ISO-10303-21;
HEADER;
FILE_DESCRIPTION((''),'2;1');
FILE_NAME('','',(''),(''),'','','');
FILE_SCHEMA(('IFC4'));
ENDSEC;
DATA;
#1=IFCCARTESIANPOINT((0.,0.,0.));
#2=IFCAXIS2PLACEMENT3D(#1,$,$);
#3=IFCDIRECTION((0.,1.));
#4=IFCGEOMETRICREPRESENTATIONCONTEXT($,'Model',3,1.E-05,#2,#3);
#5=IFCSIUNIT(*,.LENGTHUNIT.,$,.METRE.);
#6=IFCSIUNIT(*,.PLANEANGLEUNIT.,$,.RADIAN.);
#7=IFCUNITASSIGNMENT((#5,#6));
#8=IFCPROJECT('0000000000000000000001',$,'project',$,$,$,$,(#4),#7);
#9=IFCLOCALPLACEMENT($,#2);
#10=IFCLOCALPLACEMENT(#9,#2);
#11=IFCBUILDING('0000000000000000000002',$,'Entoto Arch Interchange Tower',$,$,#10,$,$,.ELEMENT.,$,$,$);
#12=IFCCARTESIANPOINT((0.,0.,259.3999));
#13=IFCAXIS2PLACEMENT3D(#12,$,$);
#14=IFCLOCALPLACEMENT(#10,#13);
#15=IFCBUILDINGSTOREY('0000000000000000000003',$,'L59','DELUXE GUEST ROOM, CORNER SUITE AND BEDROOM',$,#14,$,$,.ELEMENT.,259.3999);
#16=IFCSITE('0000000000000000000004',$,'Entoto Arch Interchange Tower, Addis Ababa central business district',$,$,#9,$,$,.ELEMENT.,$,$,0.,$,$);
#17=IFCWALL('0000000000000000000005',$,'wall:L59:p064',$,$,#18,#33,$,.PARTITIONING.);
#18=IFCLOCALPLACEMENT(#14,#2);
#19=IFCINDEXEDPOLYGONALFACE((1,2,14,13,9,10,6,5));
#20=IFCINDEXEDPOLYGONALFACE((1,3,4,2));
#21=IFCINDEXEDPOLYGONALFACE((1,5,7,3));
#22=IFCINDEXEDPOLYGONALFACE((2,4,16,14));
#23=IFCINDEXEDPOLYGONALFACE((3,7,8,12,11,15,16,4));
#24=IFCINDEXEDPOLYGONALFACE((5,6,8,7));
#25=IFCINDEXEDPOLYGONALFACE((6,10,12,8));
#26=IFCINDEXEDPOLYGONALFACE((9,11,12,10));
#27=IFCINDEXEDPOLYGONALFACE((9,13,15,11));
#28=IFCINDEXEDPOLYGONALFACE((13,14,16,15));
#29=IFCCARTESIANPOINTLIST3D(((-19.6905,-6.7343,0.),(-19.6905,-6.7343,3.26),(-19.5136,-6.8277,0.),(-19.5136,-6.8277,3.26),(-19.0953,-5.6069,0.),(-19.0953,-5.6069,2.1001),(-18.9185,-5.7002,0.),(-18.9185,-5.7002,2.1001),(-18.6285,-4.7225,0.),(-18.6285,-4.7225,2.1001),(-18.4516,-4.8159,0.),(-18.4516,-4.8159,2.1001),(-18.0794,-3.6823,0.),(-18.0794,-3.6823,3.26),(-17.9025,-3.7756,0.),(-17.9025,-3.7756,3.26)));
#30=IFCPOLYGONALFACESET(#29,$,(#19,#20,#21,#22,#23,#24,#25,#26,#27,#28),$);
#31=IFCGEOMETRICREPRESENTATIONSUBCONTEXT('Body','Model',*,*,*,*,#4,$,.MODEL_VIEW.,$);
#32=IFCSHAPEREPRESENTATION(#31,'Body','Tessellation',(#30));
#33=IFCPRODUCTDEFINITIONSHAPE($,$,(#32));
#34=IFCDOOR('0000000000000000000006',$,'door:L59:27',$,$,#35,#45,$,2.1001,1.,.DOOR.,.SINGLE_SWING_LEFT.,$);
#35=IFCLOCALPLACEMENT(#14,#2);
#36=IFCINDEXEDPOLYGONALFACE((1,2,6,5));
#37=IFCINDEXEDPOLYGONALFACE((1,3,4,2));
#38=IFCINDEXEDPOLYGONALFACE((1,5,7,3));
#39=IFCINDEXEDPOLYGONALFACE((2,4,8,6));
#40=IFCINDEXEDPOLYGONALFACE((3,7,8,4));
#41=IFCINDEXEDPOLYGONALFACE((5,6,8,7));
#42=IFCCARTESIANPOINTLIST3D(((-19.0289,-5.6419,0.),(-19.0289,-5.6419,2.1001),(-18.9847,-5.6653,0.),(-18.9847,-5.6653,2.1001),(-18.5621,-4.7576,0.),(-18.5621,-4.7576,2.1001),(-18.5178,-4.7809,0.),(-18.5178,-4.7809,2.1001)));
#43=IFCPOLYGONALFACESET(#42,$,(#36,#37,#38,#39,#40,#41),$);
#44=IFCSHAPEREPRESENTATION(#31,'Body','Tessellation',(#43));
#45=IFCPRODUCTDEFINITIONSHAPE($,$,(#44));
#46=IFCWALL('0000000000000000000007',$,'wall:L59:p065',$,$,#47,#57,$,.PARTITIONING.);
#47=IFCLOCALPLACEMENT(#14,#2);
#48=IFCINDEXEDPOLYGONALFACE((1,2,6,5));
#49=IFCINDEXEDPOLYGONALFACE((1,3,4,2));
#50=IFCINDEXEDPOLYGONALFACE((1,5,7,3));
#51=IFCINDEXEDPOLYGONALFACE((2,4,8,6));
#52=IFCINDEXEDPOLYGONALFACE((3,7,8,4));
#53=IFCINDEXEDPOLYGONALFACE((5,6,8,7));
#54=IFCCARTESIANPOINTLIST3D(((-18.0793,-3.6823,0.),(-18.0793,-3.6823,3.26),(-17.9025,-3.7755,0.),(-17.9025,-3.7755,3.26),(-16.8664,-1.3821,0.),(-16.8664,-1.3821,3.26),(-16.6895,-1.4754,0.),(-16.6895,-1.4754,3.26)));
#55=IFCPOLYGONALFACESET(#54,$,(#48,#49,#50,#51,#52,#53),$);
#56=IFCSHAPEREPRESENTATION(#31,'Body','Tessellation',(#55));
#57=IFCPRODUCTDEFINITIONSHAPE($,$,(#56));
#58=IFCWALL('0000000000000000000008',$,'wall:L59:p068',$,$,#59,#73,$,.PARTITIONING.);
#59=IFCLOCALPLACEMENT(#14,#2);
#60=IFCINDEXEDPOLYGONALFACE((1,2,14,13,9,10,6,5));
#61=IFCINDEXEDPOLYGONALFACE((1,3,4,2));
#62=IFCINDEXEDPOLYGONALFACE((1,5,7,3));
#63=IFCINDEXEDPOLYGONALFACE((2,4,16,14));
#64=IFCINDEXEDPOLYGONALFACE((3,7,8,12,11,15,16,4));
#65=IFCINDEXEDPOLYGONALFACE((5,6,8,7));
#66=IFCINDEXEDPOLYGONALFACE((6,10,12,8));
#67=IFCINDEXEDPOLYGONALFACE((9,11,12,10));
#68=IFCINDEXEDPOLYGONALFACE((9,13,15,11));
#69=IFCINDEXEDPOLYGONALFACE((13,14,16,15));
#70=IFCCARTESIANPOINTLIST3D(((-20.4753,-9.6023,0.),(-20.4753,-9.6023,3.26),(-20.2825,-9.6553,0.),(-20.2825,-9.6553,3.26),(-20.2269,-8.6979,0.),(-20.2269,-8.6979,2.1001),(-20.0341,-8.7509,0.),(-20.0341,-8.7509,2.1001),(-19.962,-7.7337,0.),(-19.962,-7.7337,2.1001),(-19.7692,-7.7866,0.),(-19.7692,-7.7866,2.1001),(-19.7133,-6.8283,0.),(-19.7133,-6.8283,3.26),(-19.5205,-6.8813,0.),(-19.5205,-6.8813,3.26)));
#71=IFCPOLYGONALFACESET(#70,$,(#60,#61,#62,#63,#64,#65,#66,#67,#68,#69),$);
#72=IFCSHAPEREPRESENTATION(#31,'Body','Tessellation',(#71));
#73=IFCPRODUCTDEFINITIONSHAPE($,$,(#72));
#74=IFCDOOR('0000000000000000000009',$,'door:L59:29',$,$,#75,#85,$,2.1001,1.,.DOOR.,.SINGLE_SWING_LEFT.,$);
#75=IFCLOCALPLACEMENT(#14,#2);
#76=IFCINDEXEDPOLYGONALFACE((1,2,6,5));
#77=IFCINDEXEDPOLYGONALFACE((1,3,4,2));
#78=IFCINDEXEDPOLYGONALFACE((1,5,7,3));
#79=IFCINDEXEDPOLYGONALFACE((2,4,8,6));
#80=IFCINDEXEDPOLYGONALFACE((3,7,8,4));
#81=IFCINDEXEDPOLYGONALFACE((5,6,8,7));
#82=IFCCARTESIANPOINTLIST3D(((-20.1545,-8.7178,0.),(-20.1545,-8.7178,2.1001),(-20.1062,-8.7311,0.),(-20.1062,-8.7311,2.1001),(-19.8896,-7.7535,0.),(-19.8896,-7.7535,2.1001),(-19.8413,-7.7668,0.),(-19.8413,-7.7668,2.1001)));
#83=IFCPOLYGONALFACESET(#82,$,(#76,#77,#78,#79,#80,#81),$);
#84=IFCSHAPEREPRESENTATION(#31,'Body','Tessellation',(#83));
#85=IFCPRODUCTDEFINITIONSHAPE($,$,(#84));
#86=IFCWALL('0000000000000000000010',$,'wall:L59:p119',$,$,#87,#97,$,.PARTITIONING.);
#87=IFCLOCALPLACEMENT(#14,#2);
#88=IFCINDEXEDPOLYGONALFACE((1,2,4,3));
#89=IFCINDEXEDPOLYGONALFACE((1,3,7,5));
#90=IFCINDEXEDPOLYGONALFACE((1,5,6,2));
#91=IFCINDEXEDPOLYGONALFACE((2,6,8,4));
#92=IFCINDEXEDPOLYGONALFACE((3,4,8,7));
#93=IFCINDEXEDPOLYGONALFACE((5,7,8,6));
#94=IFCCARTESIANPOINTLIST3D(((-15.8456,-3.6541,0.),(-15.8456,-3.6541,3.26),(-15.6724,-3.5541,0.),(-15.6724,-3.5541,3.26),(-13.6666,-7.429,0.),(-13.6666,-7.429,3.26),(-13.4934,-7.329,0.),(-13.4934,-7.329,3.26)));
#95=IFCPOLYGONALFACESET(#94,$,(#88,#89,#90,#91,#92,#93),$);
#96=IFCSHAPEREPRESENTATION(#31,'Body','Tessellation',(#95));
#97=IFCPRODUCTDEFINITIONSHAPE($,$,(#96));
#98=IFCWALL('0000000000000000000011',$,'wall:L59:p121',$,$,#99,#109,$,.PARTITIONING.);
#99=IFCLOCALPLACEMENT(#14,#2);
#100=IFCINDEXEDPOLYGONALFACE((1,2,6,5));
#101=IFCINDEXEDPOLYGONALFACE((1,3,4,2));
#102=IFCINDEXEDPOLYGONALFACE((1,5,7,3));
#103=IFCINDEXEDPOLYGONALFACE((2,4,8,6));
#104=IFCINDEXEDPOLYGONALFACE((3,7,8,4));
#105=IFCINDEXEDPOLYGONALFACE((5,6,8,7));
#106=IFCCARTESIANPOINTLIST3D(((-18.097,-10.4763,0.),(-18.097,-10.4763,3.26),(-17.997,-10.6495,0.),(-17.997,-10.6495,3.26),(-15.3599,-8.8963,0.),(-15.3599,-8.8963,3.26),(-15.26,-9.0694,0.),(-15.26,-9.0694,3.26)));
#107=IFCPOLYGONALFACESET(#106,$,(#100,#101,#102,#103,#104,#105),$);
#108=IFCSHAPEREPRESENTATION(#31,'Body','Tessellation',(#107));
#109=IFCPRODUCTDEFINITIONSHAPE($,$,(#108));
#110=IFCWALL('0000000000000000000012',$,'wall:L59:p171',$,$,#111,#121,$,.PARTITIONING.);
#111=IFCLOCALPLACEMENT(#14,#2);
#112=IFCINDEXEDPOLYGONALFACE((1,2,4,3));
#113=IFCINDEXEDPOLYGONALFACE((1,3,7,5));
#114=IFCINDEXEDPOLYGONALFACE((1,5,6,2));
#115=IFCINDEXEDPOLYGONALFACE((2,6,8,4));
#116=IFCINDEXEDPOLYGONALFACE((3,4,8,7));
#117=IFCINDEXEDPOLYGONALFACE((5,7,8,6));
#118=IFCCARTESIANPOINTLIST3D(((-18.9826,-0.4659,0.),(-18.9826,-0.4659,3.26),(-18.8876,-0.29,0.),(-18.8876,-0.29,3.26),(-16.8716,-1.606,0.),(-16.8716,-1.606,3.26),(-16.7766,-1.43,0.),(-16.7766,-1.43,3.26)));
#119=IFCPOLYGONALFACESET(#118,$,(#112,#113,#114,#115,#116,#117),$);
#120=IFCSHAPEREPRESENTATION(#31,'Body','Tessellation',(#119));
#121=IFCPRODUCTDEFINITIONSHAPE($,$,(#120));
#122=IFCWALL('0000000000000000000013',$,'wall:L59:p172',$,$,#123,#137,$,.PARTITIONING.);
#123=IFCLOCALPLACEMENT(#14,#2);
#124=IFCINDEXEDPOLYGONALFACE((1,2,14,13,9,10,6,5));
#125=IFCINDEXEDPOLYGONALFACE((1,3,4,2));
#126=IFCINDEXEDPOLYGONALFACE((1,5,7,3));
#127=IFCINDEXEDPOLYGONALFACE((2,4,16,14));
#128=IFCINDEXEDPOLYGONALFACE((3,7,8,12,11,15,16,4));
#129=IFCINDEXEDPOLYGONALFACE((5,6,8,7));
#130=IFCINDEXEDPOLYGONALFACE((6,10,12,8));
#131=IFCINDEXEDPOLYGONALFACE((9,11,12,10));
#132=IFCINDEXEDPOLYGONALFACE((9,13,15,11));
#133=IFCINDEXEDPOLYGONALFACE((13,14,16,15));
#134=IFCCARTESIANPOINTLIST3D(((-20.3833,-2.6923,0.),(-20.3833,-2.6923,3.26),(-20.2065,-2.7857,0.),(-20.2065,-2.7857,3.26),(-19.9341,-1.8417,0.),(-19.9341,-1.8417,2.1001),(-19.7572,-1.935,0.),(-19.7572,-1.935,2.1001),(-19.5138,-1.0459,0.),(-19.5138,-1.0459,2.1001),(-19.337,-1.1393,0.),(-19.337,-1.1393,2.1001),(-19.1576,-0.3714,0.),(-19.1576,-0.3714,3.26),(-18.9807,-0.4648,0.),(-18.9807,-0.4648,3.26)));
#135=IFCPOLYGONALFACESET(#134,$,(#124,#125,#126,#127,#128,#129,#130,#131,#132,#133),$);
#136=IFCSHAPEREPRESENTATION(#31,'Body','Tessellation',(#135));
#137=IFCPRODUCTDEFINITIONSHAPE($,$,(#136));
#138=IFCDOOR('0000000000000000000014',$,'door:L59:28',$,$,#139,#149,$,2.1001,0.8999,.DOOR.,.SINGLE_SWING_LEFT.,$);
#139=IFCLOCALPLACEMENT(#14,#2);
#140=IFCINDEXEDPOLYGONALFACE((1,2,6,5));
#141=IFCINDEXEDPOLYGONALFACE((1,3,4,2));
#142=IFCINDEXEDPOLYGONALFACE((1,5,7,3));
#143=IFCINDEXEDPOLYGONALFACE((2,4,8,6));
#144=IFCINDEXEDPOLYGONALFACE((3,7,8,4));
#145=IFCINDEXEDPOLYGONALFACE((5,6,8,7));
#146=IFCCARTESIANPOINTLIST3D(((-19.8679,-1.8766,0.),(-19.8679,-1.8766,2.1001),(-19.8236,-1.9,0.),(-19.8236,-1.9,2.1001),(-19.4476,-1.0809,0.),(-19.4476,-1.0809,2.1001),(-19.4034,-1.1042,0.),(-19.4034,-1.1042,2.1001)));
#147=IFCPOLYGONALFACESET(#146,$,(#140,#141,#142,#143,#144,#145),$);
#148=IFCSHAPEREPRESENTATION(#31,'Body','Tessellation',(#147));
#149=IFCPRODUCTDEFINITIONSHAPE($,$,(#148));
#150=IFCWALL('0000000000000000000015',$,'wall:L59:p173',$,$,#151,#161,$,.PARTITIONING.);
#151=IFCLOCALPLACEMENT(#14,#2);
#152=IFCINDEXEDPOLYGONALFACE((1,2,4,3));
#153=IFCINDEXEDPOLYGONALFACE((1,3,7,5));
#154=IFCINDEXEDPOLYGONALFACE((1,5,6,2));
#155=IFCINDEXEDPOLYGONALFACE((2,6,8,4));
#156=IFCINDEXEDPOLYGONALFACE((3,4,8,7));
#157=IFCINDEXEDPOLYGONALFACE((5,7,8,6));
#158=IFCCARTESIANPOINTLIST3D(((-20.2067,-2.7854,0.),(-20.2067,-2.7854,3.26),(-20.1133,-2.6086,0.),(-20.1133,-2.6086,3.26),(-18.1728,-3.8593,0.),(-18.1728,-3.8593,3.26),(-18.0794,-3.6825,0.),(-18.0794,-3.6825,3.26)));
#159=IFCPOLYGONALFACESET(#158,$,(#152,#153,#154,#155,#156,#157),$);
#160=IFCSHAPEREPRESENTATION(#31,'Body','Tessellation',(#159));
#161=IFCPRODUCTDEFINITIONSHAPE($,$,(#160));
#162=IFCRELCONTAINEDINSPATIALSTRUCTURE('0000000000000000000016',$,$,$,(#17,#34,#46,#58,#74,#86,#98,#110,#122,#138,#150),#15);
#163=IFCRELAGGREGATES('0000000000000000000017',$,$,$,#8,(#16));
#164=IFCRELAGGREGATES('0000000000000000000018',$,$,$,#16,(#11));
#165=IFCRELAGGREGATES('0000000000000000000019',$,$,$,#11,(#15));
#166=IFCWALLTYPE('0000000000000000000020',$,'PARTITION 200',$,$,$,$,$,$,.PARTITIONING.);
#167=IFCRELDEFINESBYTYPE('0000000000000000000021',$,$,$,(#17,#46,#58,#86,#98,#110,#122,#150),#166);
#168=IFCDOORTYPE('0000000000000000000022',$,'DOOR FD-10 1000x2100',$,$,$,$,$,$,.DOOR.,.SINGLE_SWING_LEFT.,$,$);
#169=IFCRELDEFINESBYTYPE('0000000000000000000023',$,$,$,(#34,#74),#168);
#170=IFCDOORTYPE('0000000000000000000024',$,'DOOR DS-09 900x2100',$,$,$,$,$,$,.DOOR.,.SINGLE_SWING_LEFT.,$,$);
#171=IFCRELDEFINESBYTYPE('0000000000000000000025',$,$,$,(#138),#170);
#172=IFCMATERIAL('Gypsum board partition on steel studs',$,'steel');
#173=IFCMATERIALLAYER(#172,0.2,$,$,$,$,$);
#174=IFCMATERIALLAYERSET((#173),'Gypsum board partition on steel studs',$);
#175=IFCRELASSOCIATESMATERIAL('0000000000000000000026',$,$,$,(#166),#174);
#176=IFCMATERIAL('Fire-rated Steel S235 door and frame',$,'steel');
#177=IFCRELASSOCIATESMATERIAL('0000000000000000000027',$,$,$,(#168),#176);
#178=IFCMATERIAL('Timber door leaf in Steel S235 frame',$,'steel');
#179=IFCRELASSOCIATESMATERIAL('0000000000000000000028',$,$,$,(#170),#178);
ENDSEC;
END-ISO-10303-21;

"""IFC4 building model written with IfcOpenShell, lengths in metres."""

from ifc_helpers import new_model, si_unit, direction, frame, frame_2d, origin, place, context, subcontext, project, spatial, rectangle, extrude, material, layer, layer_set, type_object, element, fill, save


model = new_model("IFC4")

# Units and contexts
model_context = context("Model", 3, precision=1e-05, world=origin(), true_north=direction((0.0, 1.0)))
body_context = subcontext(model_context, "Body", "Model", "MODEL_VIEW")
ifc_project = project(units=[si_unit("LENGTHUNIT", "METRE"), si_unit("PLANEANGLEUNIT", "RADIAN")], contexts=[model_context])

# Site, building, storey
site_placement = place(None, origin())
site = spatial("IfcSite", under=ifc_project, at=site_placement, Name="Entoto Arch Interchange Tower, Addis Ababa central business district", CompositionType="ELEMENT", RefElevation=0.0)
building_placement = place(site_placement, origin())
building = spatial("IfcBuilding", under=site, at=building_placement, Name="Entoto Arch Interchange Tower", CompositionType="ELEMENT")
storey_placement = place(building_placement, frame((0.0, 0.0, 259.3999)))
storey = spatial("IfcBuildingStorey", under=building, at=storey_placement, Name="L59", Description="DELUXE GUEST ROOM, CORNER SUITE AND BEDROOM", CompositionType="ELEMENT", Elevation=259.3999)

# Shared definitions
ifc_material_1 = material(Name="Gypsum board partition on steel studs", Category="steel")
ifc_layer_1 = layer(ifc_material_1, 0.2)
ifc_layer_set_1 = layer_set([ifc_layer_1], Name="Gypsum board partition on steel studs")
wall_type_1 = type_object("IfcWallType", Name="PARTITION 200", PredefinedType="PARTITIONING", material=ifc_layer_set_1)

# Shared definitions
ifc_material_2 = material(Name="Timber door leaf in Steel S235 frame", Category="steel")

# Wall, opening, door
wall_1_placement = place(storey_placement, frame((-19.6021, -6.781, 0.0), z_axis=(0.0, 0.0, 1.0), x_axis=(0.466828, 0.884348, 0.0)))
wall_1 = element("IfcWall", 1, at=wall_1_placement, inside=storey, type_object=wall_type_1, Name="wall:L59:p064", PredefinedType="PARTITIONING", context=body_context, shape_type="SweptSolid", body=[
    extrude(rectangle(XDim=3.4512, YDim=0.2, at=frame_2d((1.7256, 0.0))), origin(), (0.0, 0.0, 1.0), 3.26),
])
opening_1_placement = place(wall_1_placement, frame((1.2749, 0.0, 0.0)))
opening_1 = element("IfcOpeningElement", 2, at=opening_1_placement, cuts=wall_1, PredefinedType="OPENING", context=body_context, shape_type="SweptSolid", body=[
    extrude(rectangle(XDim=1.0, YDim=2.1001, at=frame_2d((0.5, 1.05))), frame((0.0, 0.1099, 0.0), z_axis=(0.0, -1.0, 0.0), x_axis=(1.0, 0.0, 0.0)), (0.0, 0.0, 1.0), 0.22),
])
ifc_material_3 = material(Name="Fire-rated Steel S235 door and frame", Category="steel")
door_type_1 = type_object("IfcDoorType", Name="DOOR FD-10 1000x2100", OperationType="SINGLE_SWING_LEFT", PredefinedType="DOOR", material=ifc_material_3)
door_1_placement = place(opening_1_placement, origin())
door_1 = element("IfcDoor", 3, at=door_1_placement, inside=storey, type_object=door_type_1, Name="door:L59:27", OperationType="SINGLE_SWING_LEFT", OverallHeight=2.1001, OverallWidth=1.0, PredefinedType="DOOR", context=body_context, shape_type="SweptSolid", body=[
    extrude(rectangle(XDim=1.0, YDim=2.1001, at=frame_2d((0.5, 1.05))), frame((0.0, 0.0249, 0.0), z_axis=(0.0, -1.0, 0.0), x_axis=(1.0, 0.0, 0.0)), (0.0, 0.0, 1.0), 0.05),
])
fill(opening_1, door_1)

# Wall
wall_2_placement = place(storey_placement, frame((-17.991, -3.729, 0.0), z_axis=(0.0, 0.0, 1.0), x_axis=(0.466451, 0.884547, 0.0)))
element("IfcWall", 4, at=wall_2_placement, inside=storey, type_object=wall_type_1, Name="wall:L59:p065", PredefinedType="PARTITIONING", context=body_context, shape_type="SweptSolid", body=[
    extrude(rectangle(XDim=2.6003, YDim=0.2, at=frame_2d((1.3003, 0.0))), origin(), (0.0, 0.0, 1.0), 3.26),
])

# Wall, opening, door
wall_3_placement = place(storey_placement, frame((-20.3789, -9.6289, 0.0), z_axis=(0.0, 0.0, 1.0), x_axis=(0.264876, 0.964282, 0.0)))
wall_3 = element("IfcWall", 5, at=wall_3_placement, inside=storey, type_object=wall_type_1, Name="wall:L59:p068", PredefinedType="PARTITIONING", context=body_context, shape_type="SweptSolid", body=[
    extrude(rectangle(XDim=2.8767, YDim=0.2, at=frame_2d((1.4385, 0.0))), origin(), (0.0, 0.0, 1.0), 3.26),
])
opening_2_placement = place(wall_3_placement, frame((0.938, 0.0, 0.0)))
opening_2 = element("IfcOpeningElement", 6, at=opening_2_placement, cuts=wall_3, PredefinedType="OPENING", context=body_context, shape_type="SweptSolid", body=[
    extrude(rectangle(XDim=1.0, YDim=2.1001, at=frame_2d((0.5, 1.05))), frame((0.0, 0.1099, 0.0), z_axis=(0.0, -1.0, 0.0), x_axis=(1.0, 0.0, 0.0)), (0.0, 0.0, 1.0), 0.22),
])
door_2_placement = place(opening_2_placement, origin())
door_2 = element("IfcDoor", 7, at=door_2_placement, inside=storey, type_object=door_type_1, Name="door:L59:29", OperationType="SINGLE_SWING_LEFT", OverallHeight=2.1001, OverallWidth=1.0, PredefinedType="DOOR", context=body_context, shape_type="SweptSolid", body=[
    extrude(rectangle(XDim=1.0, YDim=2.1001, at=frame_2d((0.5, 1.05))), frame((0.0, 0.0249, 0.0), z_axis=(0.0, -1.0, 0.0), x_axis=(1.0, 0.0, 0.0)), (0.0, 0.0, 1.0), 0.05),
])
fill(opening_2, door_2)

# Walls
wall_4_placement = place(storey_placement, frame((-13.5801, -7.3789, 0.0), z_axis=(0.0, 0.0, 1.0), x_axis=(-0.499916, 0.866074, 0.0)))
element("IfcWall", 8, at=wall_4_placement, inside=storey, type_object=wall_type_1, Name="wall:L59:p119", PredefinedType="PARTITIONING", context=body_context, shape_type="SweptSolid", body=[
    extrude(rectangle(XDim=4.3586, YDim=0.2, at=frame_2d((2.1792, 0.0))), origin(), (0.0, 0.0, 1.0), 3.26),
])
wall_5_placement = place(storey_placement, frame((-15.3101, -8.9829, 0.0), z_axis=(0.0, 0.0, 1.0), x_axis=(-0.866048, -0.499961, 0.0)))
element("IfcWall", 9, at=wall_5_placement, inside=storey, type_object=wall_type_1, Name="wall:L59:p121", PredefinedType="PARTITIONING", context=body_context, shape_type="SweptSolid", body=[
    extrude(rectangle(XDim=3.1604, YDim=0.2, at=frame_2d((1.5801, 0.0))), origin(), (0.0, 0.0, 1.0), 3.26),
])
wall_6_placement = place(storey_placement, frame((-16.824, -1.5181, 0.0), z_axis=(0.0, 0.0, 1.0), x_axis=(-0.879879, 0.475198, 0.0)))
element("IfcWall", 10, at=wall_6_placement, inside=storey, type_object=wall_type_1, Name="wall:L59:p171", PredefinedType="PARTITIONING", context=body_context, shape_type="SweptSolid", body=[
    extrude(rectangle(XDim=2.3992, YDim=0.2, at=frame_2d((1.1997, 0.0))), origin(), (0.0, 0.0, 1.0), 3.26),
])

# Wall, opening, door
wall_7_placement = place(storey_placement, frame((-19.0691, -0.418, 0.0), z_axis=(0.0, 0.0, 1.0), x_axis=(-0.467007, -0.884254, 0.0)))
wall_7 = element("IfcWall", 11, at=wall_7_placement, inside=storey, type_object=wall_type_1, Name="wall:L59:p172", PredefinedType="PARTITIONING", context=body_context, shape_type="SweptSolid", body=[
    extrude(rectangle(XDim=2.6248, YDim=0.2, at=frame_2d((1.3125, 0.0))), origin(), (0.0, 0.0, 1.0), 3.26),
])
opening_3_placement = place(wall_7_placement, frame((0.7629, 0.0, 0.0)))
opening_3 = element("IfcOpeningElement", 12, at=opening_3_placement, cuts=wall_7, PredefinedType="OPENING", context=body_context, shape_type="SweptSolid", body=[
    extrude(rectangle(XDim=0.8999, YDim=2.1001, at=frame_2d((0.45, 1.05))), frame((0.0, 0.1099, 0.0), z_axis=(0.0, -1.0, 0.0), x_axis=(1.0, 0.0, 0.0)), (0.0, 0.0, 1.0), 0.22),
])
door_type_2 = type_object("IfcDoorType", Name="DOOR DS-09 900x2100", OperationType="SINGLE_SWING_LEFT", PredefinedType="DOOR", material=ifc_material_2)
door_3_placement = place(opening_3_placement, origin())
door_3 = element("IfcDoor", 13, at=door_3_placement, inside=storey, type_object=door_type_2, Name="door:L59:28", OperationType="SINGLE_SWING_LEFT", OverallHeight=2.1001, OverallWidth=0.8999, PredefinedType="DOOR", context=body_context, shape_type="SweptSolid", body=[
    extrude(rectangle(XDim=0.8999, YDim=2.1001, at=frame_2d((0.45, 1.05))), frame((0.0, 0.0249, 0.0), z_axis=(0.0, -1.0, 0.0), x_axis=(1.0, 0.0, 0.0)), (0.0, 0.0, 1.0), 0.05),
])
fill(opening_3, door_3)

# Wall
wall_8_placement = place(storey_placement, frame((-20.1599, -2.697, 0.0), z_axis=(0.0, 0.0, 1.0), x_axis=(0.884293, -0.466932, 0.0)))
element("IfcWall", 14, at=wall_8_placement, inside=storey, type_object=wall_type_1, Name="wall:L59:p173", PredefinedType="PARTITIONING", context=body_context, shape_type="SweptSolid", body=[
    extrude(rectangle(XDim=2.3, YDim=0.2, at=frame_2d((1.1499, 0.0))), origin(), (0.0, 0.0, 1.0), 3.26),
])

save(model, "model.ifc")
